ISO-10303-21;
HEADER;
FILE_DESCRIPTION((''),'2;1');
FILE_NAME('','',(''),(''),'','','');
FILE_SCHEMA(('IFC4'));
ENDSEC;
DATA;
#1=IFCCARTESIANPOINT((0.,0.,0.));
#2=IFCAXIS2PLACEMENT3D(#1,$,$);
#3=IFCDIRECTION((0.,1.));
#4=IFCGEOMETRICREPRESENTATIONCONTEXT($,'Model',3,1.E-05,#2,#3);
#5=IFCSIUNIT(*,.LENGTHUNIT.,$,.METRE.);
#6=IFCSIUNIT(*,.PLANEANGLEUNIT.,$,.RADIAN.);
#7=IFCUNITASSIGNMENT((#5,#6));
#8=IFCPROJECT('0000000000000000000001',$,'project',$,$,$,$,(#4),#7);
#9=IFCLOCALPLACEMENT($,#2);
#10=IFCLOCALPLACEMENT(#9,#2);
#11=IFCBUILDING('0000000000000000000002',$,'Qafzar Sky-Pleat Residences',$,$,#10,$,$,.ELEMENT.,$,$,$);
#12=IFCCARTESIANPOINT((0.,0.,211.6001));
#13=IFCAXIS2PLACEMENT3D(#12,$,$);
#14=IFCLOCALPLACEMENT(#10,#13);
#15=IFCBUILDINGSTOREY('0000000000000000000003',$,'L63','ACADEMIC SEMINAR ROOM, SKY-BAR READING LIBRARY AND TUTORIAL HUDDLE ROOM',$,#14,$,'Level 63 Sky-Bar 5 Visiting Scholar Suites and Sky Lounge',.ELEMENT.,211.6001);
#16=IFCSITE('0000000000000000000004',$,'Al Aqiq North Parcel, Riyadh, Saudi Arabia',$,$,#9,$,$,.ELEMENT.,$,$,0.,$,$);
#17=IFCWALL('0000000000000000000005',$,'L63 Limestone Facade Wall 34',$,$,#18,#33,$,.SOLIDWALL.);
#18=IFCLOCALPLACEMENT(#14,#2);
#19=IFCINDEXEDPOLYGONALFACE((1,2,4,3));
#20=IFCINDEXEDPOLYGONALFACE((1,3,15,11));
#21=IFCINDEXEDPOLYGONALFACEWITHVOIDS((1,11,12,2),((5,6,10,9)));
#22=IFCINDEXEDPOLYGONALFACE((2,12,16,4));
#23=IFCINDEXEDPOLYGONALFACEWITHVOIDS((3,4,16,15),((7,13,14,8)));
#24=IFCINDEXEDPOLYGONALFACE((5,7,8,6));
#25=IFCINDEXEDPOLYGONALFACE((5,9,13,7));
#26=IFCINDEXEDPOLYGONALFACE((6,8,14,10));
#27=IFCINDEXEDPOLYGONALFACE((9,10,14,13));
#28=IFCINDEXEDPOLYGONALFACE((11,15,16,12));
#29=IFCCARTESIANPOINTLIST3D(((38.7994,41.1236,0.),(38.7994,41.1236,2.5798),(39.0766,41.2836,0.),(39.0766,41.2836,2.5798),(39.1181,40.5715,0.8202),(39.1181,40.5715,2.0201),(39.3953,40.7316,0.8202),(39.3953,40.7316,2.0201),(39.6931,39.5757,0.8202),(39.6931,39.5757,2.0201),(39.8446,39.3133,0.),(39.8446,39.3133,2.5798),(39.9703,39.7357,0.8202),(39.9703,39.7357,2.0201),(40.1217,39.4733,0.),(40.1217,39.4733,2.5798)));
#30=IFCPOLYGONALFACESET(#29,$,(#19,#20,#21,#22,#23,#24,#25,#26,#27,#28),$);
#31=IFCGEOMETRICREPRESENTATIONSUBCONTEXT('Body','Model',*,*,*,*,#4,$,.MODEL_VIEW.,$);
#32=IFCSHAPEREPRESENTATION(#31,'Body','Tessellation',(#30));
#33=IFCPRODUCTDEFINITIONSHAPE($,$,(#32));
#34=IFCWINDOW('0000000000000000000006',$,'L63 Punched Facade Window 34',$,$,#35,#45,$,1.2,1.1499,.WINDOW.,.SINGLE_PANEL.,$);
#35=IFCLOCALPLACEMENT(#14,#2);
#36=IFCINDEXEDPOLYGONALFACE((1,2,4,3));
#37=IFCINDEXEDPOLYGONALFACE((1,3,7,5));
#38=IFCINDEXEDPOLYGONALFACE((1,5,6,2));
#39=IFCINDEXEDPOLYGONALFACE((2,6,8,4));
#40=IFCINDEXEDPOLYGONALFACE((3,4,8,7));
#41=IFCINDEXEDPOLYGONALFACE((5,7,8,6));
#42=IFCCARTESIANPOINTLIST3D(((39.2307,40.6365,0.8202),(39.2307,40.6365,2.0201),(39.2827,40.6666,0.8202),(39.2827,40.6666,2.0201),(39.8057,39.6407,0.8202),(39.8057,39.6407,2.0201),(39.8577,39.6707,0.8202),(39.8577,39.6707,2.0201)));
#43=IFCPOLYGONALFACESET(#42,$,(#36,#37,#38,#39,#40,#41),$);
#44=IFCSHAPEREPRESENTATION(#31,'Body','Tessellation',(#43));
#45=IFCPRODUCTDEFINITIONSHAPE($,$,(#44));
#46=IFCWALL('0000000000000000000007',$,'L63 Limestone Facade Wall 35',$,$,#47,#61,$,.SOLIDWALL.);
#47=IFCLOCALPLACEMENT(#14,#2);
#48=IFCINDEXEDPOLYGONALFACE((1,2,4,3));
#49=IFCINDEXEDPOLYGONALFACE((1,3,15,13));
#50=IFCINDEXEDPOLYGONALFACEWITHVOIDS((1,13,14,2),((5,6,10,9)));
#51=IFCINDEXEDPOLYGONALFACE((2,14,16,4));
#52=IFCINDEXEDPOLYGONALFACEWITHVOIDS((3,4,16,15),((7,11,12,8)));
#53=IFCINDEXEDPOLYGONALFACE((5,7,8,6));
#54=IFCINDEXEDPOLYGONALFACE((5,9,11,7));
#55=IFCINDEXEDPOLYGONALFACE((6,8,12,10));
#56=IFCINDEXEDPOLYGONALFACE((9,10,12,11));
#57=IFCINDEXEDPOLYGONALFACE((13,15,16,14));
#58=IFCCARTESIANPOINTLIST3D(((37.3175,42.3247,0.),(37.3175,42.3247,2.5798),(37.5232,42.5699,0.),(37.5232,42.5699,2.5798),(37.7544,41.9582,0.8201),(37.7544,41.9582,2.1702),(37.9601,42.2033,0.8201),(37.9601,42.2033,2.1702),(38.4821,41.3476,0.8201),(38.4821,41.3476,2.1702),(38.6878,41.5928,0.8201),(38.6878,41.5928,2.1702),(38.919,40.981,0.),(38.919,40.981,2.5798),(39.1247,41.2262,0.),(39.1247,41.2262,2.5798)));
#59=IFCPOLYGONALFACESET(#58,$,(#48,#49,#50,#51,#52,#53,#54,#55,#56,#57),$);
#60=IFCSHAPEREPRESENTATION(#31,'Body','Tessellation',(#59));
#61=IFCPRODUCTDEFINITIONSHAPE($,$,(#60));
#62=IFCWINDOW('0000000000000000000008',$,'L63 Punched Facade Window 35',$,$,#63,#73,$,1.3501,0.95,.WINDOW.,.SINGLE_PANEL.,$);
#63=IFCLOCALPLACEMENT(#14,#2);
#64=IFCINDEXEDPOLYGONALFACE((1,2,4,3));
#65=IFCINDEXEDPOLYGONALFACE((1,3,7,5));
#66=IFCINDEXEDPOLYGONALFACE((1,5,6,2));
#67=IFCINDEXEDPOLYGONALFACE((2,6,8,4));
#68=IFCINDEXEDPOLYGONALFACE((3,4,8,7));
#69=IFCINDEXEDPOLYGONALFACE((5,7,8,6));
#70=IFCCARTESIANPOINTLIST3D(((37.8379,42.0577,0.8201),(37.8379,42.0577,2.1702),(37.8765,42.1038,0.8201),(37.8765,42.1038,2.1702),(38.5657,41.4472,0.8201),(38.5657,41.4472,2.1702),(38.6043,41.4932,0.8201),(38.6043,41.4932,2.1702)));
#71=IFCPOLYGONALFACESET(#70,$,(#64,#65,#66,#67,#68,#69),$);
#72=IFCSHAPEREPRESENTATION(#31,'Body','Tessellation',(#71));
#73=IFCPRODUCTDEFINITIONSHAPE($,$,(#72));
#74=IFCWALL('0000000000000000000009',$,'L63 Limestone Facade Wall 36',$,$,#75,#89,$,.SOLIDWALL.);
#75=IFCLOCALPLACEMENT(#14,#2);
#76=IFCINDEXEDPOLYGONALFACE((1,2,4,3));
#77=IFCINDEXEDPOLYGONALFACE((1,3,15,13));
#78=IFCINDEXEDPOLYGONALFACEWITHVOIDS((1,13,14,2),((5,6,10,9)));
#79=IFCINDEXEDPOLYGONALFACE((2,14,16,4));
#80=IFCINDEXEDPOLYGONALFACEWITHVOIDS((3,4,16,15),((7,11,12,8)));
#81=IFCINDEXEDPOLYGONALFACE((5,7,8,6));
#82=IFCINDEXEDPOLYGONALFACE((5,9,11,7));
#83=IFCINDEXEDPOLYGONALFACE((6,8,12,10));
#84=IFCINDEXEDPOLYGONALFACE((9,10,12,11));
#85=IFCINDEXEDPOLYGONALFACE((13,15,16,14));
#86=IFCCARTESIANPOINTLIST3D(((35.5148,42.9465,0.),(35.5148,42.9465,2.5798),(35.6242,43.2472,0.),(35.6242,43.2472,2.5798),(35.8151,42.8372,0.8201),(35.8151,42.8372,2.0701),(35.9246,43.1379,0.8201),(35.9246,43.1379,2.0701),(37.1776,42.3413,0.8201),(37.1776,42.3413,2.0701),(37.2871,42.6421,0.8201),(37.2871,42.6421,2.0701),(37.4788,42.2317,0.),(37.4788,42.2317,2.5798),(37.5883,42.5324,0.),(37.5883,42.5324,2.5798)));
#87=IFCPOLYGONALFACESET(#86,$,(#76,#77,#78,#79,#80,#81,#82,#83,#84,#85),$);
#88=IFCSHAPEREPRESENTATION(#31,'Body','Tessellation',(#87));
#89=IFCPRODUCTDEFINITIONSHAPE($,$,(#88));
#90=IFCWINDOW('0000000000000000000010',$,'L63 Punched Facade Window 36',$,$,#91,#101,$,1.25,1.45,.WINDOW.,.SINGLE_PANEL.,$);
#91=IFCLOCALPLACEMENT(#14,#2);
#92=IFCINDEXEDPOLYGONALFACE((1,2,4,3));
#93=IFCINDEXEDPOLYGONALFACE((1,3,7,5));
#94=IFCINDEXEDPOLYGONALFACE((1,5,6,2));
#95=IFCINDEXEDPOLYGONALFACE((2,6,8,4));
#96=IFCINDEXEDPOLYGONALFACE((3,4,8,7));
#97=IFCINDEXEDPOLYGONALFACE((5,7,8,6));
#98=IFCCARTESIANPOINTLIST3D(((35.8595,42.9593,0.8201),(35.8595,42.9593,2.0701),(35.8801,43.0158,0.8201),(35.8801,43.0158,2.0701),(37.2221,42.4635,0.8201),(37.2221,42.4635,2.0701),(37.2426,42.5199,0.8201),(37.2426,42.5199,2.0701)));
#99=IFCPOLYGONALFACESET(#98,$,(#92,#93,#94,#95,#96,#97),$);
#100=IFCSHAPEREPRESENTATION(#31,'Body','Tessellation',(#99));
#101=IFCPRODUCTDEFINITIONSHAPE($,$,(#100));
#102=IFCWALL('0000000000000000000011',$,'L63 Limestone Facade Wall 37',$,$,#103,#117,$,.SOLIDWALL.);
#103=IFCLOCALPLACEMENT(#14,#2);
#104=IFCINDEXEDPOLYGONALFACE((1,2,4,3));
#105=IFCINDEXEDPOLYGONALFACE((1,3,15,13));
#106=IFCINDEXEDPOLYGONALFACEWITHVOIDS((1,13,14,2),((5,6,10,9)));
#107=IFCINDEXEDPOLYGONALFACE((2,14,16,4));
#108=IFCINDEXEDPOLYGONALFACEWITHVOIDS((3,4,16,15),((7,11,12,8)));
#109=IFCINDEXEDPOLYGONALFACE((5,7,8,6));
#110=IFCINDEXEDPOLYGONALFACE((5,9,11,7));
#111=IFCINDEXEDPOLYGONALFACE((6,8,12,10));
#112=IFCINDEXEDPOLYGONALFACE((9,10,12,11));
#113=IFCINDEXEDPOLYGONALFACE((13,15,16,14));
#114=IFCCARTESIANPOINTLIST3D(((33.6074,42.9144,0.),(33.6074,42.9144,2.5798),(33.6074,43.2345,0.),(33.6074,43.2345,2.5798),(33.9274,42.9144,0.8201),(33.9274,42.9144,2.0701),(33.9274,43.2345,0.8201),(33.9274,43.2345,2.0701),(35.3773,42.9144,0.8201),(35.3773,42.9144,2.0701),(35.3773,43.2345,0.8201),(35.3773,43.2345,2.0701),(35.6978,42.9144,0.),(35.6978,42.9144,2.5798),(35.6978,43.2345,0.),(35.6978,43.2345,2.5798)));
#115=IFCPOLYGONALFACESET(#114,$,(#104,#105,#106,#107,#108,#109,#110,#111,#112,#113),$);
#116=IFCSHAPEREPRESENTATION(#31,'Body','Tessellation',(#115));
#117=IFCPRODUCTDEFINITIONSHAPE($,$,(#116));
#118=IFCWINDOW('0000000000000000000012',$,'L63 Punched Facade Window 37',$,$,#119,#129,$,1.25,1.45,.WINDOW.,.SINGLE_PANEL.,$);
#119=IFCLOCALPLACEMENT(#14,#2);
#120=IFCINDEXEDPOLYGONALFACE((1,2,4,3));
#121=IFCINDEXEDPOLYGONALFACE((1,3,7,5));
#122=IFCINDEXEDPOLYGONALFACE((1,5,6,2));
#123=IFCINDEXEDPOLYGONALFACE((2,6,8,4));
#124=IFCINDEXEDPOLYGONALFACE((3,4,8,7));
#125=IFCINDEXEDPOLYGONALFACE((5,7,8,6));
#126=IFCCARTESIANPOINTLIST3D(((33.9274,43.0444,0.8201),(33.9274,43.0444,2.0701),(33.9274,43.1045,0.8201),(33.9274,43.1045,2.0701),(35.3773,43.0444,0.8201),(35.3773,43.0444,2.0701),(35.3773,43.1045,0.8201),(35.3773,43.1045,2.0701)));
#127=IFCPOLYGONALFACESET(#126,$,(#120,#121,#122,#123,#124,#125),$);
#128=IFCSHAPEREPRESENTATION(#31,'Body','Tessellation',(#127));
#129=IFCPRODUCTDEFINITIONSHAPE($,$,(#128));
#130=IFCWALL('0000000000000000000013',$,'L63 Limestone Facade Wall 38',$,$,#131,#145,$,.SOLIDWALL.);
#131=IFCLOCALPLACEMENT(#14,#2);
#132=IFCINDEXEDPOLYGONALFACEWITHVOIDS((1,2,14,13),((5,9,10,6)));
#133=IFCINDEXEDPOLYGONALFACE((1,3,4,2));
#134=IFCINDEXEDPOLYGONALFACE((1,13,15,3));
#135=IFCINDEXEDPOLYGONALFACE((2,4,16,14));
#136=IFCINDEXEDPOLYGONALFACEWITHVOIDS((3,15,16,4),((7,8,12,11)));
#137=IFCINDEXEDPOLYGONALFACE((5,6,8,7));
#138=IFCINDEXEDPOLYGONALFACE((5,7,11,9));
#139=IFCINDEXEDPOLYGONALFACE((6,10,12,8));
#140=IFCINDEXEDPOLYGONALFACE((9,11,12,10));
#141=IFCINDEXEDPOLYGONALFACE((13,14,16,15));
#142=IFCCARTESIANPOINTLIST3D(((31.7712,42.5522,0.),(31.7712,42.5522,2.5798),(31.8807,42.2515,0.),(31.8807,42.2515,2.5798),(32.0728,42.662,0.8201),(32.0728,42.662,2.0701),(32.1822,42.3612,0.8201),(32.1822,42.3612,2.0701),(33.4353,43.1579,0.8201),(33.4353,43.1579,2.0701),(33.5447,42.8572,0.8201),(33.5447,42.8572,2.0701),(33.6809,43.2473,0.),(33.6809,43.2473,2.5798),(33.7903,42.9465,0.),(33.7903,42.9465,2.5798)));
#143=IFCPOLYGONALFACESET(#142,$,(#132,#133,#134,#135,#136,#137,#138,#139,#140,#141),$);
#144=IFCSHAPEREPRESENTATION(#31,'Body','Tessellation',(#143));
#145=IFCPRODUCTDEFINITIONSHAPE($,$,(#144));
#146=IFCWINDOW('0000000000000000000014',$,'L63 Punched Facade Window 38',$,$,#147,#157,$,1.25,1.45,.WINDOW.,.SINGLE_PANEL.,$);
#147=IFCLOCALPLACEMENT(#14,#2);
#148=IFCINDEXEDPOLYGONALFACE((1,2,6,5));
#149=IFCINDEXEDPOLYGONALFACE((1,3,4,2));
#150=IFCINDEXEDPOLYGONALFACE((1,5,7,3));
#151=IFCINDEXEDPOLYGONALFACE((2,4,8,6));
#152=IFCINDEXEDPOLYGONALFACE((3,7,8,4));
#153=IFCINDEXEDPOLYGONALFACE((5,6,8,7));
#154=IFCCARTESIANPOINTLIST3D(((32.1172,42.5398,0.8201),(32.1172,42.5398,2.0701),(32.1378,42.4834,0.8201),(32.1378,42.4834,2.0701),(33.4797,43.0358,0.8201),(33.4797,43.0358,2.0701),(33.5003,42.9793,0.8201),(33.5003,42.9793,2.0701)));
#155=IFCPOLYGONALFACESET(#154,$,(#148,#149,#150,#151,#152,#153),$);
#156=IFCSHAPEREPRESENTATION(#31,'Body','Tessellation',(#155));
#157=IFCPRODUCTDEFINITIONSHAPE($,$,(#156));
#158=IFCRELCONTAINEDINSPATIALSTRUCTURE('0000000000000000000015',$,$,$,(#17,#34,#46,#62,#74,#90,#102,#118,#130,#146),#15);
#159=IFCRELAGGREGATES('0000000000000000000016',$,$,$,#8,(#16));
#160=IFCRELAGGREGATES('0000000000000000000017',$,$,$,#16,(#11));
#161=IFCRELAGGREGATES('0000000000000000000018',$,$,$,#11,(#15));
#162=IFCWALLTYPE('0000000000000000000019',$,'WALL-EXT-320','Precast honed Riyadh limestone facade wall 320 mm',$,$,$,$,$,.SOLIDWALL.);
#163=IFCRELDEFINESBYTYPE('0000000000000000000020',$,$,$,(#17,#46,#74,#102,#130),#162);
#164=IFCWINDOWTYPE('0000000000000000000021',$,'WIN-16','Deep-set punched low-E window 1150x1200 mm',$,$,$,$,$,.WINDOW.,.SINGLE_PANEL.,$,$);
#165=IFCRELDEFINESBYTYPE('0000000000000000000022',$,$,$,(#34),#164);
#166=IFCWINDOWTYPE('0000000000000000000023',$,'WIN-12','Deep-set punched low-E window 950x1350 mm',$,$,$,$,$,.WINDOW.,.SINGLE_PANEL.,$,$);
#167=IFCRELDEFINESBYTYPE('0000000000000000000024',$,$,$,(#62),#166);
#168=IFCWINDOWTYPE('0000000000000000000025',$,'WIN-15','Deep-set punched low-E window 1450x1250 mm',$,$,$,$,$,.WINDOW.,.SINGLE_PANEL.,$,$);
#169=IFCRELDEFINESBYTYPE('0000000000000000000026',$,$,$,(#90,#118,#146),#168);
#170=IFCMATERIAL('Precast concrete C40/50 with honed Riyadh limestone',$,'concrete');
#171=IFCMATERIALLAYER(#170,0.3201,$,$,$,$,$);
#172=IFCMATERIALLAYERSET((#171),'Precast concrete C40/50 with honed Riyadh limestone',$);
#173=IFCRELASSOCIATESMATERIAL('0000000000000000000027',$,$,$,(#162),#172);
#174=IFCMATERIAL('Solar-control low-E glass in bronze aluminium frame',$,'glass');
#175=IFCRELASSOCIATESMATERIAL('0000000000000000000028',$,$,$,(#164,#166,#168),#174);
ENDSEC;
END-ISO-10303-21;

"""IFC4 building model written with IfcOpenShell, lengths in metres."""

from ifc_helpers import new_model, si_unit, direction, frame, frame_2d, origin, place, context, subcontext, project, spatial, rectangle, extrude, source, transform, mapped, material, layer, layer_set, type_object, element, fill, save


model = new_model("IFC4")

# Units and contexts
model_context = context("Model", 3, precision=1e-05, world=origin(), true_north=direction((0.0, 1.0)))
body_context = subcontext(model_context, "Body", "Model", "MODEL_VIEW")
ifc_project = project(units=[si_unit("LENGTHUNIT", "METRE"), si_unit("PLANEANGLEUNIT", "RADIAN")], contexts=[model_context])

# Site, building, storey
site_placement = place(None, origin())
site = spatial("IfcSite", under=ifc_project, at=site_placement, Name="Al Aqiq North Parcel, Riyadh, Saudi Arabia", CompositionType="ELEMENT", RefElevation=0.0)
building_placement = place(site_placement, origin())
building = spatial("IfcBuilding", under=site, at=building_placement, Name="Qafzar Sky-Pleat Residences", CompositionType="ELEMENT")
storey_placement = place(building_placement, frame((0.0, 0.0, 211.6001)))
storey = spatial("IfcBuildingStorey", under=building, at=storey_placement, Name="L63", Description="ACADEMIC SEMINAR ROOM, SKY-BAR READING LIBRARY AND TUTORIAL HUDDLE ROOM", LongName="Level 63 Sky-Bar 5 Visiting Scholar Suites and Sky Lounge", CompositionType="ELEMENT", Elevation=211.6001)

# Shared definitions
ifc_material_1 = material(Name="Precast concrete C40/50 with honed Riyadh limestone", Category="concrete")

# Walls, openings, windows
ifc_layer_1 = layer(ifc_material_1, 0.3201)
ifc_layer_set_1 = layer_set([ifc_layer_1], Name="Precast concrete C40/50 with honed Riyadh limestone")
wall_type_1 = type_object("IfcWallType", Name="WALL-EXT-320", Description="Precast honed Riyadh limestone facade wall 320 mm", PredefinedType="SOLIDWALL", material=ifc_layer_set_1)
ifc_material_2 = material(Name="Solar-control low-E glass in bronze aluminium frame", Category="glass")
wall_1_placement = place(storey_placement, frame((39.9832, 39.3933, 0.0), z_axis=(0.0, 0.0, 1.0), x_axis=(-0.499995, 0.866028, 0.0)))
wall_1 = element("IfcWall", 1, at=wall_1_placement, inside=storey, type_object=wall_type_1, Name="L63 Limestone Facade Wall 34", PredefinedType="SOLIDWALL", context=body_context, shape_type="SweptSolid", body=[
    extrude(rectangle(XDim=2.0903, YDim=0.3201, at=frame_2d((1.0452, 0.0))), origin(), (0.0, 0.0, 1.0), 2.5798),
])
opening_1_placement = place(wall_1_placement, frame((0.303, 0.0, 0.8201)))
opening_1 = element("IfcOpeningElement", 2, at=opening_1_placement, cuts=wall_1, PredefinedType="OPENING", context=body_context, shape_type="SweptSolid", body=[
    extrude(rectangle(XDim=1.1499, YDim=1.2, at=frame_2d((0.575, 0.6001))), frame((0.0, 0.1699, 0.0), z_axis=(0.0, -1.0, 0.0), x_axis=(1.0, 0.0, 0.0)), (0.0, 0.0, 1.0), 0.3401),
])
window_type_1 = type_object("IfcWindowType", Name="WIN-16", Description="Deep-set punched low-E window 1150x1200 mm", PartitioningType="SINGLE_PANEL", PredefinedType="WINDOW", material=ifc_material_2)
shared_shape_1 = source(origin(), body_context, "Body", "SweptSolid", [
    extrude(rectangle(XDim=1.1499, YDim=1.2, at=frame_2d((0.575, 0.6001))), frame((0.0, 0.03, 0.0), z_axis=(0.0, -1.0, 0.0), x_axis=(1.0, 0.0, 0.0)), (0.0, 0.0, 1.0), 0.0601),
])
window_1_placement = place(opening_1_placement, origin())
window_1 = element("IfcWindow", 3, at=window_1_placement, inside=storey, type_object=window_type_1, Name="L63 Punched Facade Window 34", OverallHeight=1.2, OverallWidth=1.1499, PartitioningType="SINGLE_PANEL", PredefinedType="WINDOW", context=body_context, shape_type="MappedRepresentation", body=[
    mapped(shared_shape_1, transform((0.0, 0.0, 0.0), x_axis=(1.0, 0.0, 0.0), y_axis=(0.0, 1.0, 0.0), z_axis=(0.0, 0.0, 1.0), scale=1.0)),
])
fill(opening_1, window_1)
wall_2_placement = place(storey_placement, frame((39.022, 41.1035, 0.0), z_axis=(0.0, 0.0, 1.0), x_axis=(-0.766073, 0.642754, 0.0)))
wall_2 = element("IfcWall", 4, at=wall_2_placement, inside=storey, type_object=wall_type_1, Name="L63 Limestone Facade Wall 35", PredefinedType="SOLIDWALL", context=body_context, shape_type="SweptSolid", body=[
    extrude(rectangle(XDim=2.0906, YDim=0.3201, at=frame_2d((1.0454, 0.0))), origin(), (0.0, 0.0, 1.0), 2.5798),
])
opening_2_placement = place(wall_2_placement, frame((0.5703, 0.0, 0.8201)))
opening_2 = element("IfcOpeningElement", 5, at=opening_2_placement, cuts=wall_2, PredefinedType="OPENING", context=body_context, shape_type="SweptSolid", body=[
    extrude(rectangle(XDim=0.95, YDim=1.3501, at=frame_2d((0.4751, 0.675))), frame((0.0, 0.1699, 0.0), z_axis=(0.0, -1.0, 0.0), x_axis=(1.0, 0.0, 0.0)), (0.0, 0.0, 1.0), 0.3401),
])
window_type_2 = type_object("IfcWindowType", Name="WIN-12", Description="Deep-set punched low-E window 950x1350 mm", PartitioningType="SINGLE_PANEL", PredefinedType="WINDOW", material=ifc_material_2)
shared_shape_2 = source(origin(), body_context, "Body", "SweptSolid", [
    extrude(rectangle(XDim=0.95, YDim=1.3501, at=frame_2d((0.4751, 0.675))), frame((0.0, 0.03, 0.0), z_axis=(0.0, -1.0, 0.0), x_axis=(1.0, 0.0, 0.0)), (0.0, 0.0, 1.0), 0.0601),
])
window_2_placement = place(opening_2_placement, origin())
window_2 = element("IfcWindow", 6, at=window_2_placement, inside=storey, type_object=window_type_2, Name="L63 Punched Facade Window 35", OverallHeight=1.3501, OverallWidth=0.95, PartitioningType="SINGLE_PANEL", PredefinedType="WINDOW", context=body_context, shape_type="MappedRepresentation", body=[
    mapped(shared_shape_2, transform((0.0, 0.0, 0.0), x_axis=(1.0, 0.0, 0.0), y_axis=(0.0, 1.0, 0.0), z_axis=(0.0, 0.0, 1.0), scale=1.0)),
])
fill(opening_2, window_2)
wall_3_placement = place(storey_placement, frame((37.5334, 42.3821, 0.0), z_axis=(0.0, 0.0, 1.0), x_axis=(-0.939698, 0.342006, 0.0)))
wall_3 = element("IfcWall", 7, at=wall_3_placement, inside=storey, type_object=wall_type_1, Name="L63 Limestone Facade Wall 36", PredefinedType="SOLIDWALL", context=body_context, shape_type="SweptSolid", body=[
    extrude(rectangle(XDim=2.0901, YDim=0.3201, at=frame_2d((1.0449, 0.0))), origin(), (0.0, 0.0, 1.0), 2.5798),
])
opening_3_placement = place(wall_3_placement, frame((0.3203, 0.0, 0.8201)))
opening_3 = element("IfcOpeningElement", 8, at=opening_3_placement, cuts=wall_3, PredefinedType="OPENING", context=body_context, shape_type="SweptSolid", body=[
    extrude(rectangle(XDim=1.45, YDim=1.25, at=frame_2d((0.7251, 0.625))), frame((0.0, 0.1699, 0.0), z_axis=(0.0, -1.0, 0.0), x_axis=(1.0, 0.0, 0.0)), (0.0, 0.0, 1.0), 0.3401),
])
window_type_3 = type_object("IfcWindowType", Name="WIN-15", Description="Deep-set punched low-E window 1450x1250 mm", PartitioningType="SINGLE_PANEL", PredefinedType="WINDOW", material=ifc_material_2)
shared_shape_3 = source(origin(), body_context, "Body", "SweptSolid", [
    extrude(rectangle(XDim=1.45, YDim=1.25, at=frame_2d((0.7251, 0.625))), frame((0.0, 0.03, 0.0), z_axis=(0.0, -1.0, 0.0), x_axis=(1.0, 0.0, 0.0)), (0.0, 0.0, 1.0), 0.0601),
])
window_3_placement = place(opening_3_placement, origin())
window_3 = element("IfcWindow", 9, at=window_3_placement, inside=storey, type_object=window_type_3, Name="L63 Punched Facade Window 36", OverallHeight=1.25, OverallWidth=1.45, PartitioningType="SINGLE_PANEL", PredefinedType="WINDOW", context=body_context, shape_type="MappedRepresentation", body=[
    mapped(shared_shape_3, transform((0.0, 0.0, 0.0), x_axis=(1.0, 0.0, 0.0), y_axis=(0.0, 1.0, 0.0), z_axis=(0.0, 0.0, 1.0), scale=1.0)),
])
fill(opening_3, window_3)
wall_4_placement = place(storey_placement, frame((35.6978, 43.0745, 0.0), z_axis=(0.0, 0.0, 1.0), x_axis=(-1.0, 0.0, 0.0)))
wall_4 = element("IfcWall", 10, at=wall_4_placement, inside=storey, type_object=wall_type_1, Name="L63 Limestone Facade Wall 37", PredefinedType="SOLIDWALL", context=body_context, shape_type="SweptSolid", body=[
    extrude(rectangle(XDim=2.0903, YDim=0.3201, at=frame_2d((1.0452, 0.0))), origin(), (0.0, 0.0, 1.0), 2.5798),
])
opening_4_placement = place(wall_4_placement, frame((0.3203, 0.0, 0.8201)))
opening_4 = element("IfcOpeningElement", 11, at=opening_4_placement, cuts=wall_4, PredefinedType="OPENING", context=body_context, shape_type="SweptSolid", body=[
    extrude(rectangle(XDim=1.45, YDim=1.25, at=frame_2d((0.7251, 0.625))), frame((0.0, 0.1699, 0.0), z_axis=(0.0, -1.0, 0.0), x_axis=(1.0, 0.0, 0.0)), (0.0, 0.0, 1.0), 0.3401),
])
window_4_placement = place(opening_4_placement, origin())
window_4 = element("IfcWindow", 12, at=window_4_placement, inside=storey, type_object=window_type_3, Name="L63 Punched Facade Window 37", OverallHeight=1.25, OverallWidth=1.45, PartitioningType="SINGLE_PANEL", PredefinedType="WINDOW", context=body_context, shape_type="MappedRepresentation", body=[
    mapped(shared_shape_3, transform((0.0, 0.0, 0.0), x_axis=(1.0, 0.0, 0.0), y_axis=(0.0, 1.0, 0.0), z_axis=(0.0, 0.0, 1.0), scale=1.0)),
])
fill(opening_4, window_4)
wall_5_placement = place(storey_placement, frame((33.7356, 43.0969, 0.0), z_axis=(0.0, 0.0, 1.0), x_axis=(-0.939692, -0.342023, 0.0)))
wall_5 = element("IfcWall", 13, at=wall_5_placement, inside=storey, type_object=wall_type_1, Name="L63 Limestone Facade Wall 38", PredefinedType="SOLIDWALL", context=body_context, shape_type="SweptSolid", body=[
    extrude(rectangle(XDim=2.0322, YDim=0.3201, at=frame_2d((1.0161, 0.0))), origin(), (0.0, 0.0, 1.0), 2.5798),
])
opening_5_placement = place(wall_5_placement, frame((0.2612, 0.0, 0.8201)))
opening_5 = element("IfcOpeningElement", 14, at=opening_5_placement, cuts=wall_5, PredefinedType="OPENING", context=body_context, shape_type="SweptSolid", body=[
    extrude(rectangle(XDim=1.45, YDim=1.25, at=frame_2d((0.7251, 0.625))), frame((0.0, 0.1699, 0.0), z_axis=(0.0, -1.0, 0.0), x_axis=(1.0, 0.0, 0.0)), (0.0, 0.0, 1.0), 0.3401),
])
window_5_placement = place(opening_5_placement, origin())
window_5 = element("IfcWindow", 15, at=window_5_placement, inside=storey, type_object=window_type_3, Name="L63 Punched Facade Window 38", OverallHeight=1.25, OverallWidth=1.45, PartitioningType="SINGLE_PANEL", PredefinedType="WINDOW", context=body_context, shape_type="MappedRepresentation", body=[
    mapped(shared_shape_3, transform((0.0, 0.0, 0.0), x_axis=(1.0, 0.0, 0.0), y_axis=(0.0, 1.0, 0.0), z_axis=(0.0, 0.0, 1.0), scale=1.0)),
])
fill(opening_5, window_5)

save(model, "model.ifc")
